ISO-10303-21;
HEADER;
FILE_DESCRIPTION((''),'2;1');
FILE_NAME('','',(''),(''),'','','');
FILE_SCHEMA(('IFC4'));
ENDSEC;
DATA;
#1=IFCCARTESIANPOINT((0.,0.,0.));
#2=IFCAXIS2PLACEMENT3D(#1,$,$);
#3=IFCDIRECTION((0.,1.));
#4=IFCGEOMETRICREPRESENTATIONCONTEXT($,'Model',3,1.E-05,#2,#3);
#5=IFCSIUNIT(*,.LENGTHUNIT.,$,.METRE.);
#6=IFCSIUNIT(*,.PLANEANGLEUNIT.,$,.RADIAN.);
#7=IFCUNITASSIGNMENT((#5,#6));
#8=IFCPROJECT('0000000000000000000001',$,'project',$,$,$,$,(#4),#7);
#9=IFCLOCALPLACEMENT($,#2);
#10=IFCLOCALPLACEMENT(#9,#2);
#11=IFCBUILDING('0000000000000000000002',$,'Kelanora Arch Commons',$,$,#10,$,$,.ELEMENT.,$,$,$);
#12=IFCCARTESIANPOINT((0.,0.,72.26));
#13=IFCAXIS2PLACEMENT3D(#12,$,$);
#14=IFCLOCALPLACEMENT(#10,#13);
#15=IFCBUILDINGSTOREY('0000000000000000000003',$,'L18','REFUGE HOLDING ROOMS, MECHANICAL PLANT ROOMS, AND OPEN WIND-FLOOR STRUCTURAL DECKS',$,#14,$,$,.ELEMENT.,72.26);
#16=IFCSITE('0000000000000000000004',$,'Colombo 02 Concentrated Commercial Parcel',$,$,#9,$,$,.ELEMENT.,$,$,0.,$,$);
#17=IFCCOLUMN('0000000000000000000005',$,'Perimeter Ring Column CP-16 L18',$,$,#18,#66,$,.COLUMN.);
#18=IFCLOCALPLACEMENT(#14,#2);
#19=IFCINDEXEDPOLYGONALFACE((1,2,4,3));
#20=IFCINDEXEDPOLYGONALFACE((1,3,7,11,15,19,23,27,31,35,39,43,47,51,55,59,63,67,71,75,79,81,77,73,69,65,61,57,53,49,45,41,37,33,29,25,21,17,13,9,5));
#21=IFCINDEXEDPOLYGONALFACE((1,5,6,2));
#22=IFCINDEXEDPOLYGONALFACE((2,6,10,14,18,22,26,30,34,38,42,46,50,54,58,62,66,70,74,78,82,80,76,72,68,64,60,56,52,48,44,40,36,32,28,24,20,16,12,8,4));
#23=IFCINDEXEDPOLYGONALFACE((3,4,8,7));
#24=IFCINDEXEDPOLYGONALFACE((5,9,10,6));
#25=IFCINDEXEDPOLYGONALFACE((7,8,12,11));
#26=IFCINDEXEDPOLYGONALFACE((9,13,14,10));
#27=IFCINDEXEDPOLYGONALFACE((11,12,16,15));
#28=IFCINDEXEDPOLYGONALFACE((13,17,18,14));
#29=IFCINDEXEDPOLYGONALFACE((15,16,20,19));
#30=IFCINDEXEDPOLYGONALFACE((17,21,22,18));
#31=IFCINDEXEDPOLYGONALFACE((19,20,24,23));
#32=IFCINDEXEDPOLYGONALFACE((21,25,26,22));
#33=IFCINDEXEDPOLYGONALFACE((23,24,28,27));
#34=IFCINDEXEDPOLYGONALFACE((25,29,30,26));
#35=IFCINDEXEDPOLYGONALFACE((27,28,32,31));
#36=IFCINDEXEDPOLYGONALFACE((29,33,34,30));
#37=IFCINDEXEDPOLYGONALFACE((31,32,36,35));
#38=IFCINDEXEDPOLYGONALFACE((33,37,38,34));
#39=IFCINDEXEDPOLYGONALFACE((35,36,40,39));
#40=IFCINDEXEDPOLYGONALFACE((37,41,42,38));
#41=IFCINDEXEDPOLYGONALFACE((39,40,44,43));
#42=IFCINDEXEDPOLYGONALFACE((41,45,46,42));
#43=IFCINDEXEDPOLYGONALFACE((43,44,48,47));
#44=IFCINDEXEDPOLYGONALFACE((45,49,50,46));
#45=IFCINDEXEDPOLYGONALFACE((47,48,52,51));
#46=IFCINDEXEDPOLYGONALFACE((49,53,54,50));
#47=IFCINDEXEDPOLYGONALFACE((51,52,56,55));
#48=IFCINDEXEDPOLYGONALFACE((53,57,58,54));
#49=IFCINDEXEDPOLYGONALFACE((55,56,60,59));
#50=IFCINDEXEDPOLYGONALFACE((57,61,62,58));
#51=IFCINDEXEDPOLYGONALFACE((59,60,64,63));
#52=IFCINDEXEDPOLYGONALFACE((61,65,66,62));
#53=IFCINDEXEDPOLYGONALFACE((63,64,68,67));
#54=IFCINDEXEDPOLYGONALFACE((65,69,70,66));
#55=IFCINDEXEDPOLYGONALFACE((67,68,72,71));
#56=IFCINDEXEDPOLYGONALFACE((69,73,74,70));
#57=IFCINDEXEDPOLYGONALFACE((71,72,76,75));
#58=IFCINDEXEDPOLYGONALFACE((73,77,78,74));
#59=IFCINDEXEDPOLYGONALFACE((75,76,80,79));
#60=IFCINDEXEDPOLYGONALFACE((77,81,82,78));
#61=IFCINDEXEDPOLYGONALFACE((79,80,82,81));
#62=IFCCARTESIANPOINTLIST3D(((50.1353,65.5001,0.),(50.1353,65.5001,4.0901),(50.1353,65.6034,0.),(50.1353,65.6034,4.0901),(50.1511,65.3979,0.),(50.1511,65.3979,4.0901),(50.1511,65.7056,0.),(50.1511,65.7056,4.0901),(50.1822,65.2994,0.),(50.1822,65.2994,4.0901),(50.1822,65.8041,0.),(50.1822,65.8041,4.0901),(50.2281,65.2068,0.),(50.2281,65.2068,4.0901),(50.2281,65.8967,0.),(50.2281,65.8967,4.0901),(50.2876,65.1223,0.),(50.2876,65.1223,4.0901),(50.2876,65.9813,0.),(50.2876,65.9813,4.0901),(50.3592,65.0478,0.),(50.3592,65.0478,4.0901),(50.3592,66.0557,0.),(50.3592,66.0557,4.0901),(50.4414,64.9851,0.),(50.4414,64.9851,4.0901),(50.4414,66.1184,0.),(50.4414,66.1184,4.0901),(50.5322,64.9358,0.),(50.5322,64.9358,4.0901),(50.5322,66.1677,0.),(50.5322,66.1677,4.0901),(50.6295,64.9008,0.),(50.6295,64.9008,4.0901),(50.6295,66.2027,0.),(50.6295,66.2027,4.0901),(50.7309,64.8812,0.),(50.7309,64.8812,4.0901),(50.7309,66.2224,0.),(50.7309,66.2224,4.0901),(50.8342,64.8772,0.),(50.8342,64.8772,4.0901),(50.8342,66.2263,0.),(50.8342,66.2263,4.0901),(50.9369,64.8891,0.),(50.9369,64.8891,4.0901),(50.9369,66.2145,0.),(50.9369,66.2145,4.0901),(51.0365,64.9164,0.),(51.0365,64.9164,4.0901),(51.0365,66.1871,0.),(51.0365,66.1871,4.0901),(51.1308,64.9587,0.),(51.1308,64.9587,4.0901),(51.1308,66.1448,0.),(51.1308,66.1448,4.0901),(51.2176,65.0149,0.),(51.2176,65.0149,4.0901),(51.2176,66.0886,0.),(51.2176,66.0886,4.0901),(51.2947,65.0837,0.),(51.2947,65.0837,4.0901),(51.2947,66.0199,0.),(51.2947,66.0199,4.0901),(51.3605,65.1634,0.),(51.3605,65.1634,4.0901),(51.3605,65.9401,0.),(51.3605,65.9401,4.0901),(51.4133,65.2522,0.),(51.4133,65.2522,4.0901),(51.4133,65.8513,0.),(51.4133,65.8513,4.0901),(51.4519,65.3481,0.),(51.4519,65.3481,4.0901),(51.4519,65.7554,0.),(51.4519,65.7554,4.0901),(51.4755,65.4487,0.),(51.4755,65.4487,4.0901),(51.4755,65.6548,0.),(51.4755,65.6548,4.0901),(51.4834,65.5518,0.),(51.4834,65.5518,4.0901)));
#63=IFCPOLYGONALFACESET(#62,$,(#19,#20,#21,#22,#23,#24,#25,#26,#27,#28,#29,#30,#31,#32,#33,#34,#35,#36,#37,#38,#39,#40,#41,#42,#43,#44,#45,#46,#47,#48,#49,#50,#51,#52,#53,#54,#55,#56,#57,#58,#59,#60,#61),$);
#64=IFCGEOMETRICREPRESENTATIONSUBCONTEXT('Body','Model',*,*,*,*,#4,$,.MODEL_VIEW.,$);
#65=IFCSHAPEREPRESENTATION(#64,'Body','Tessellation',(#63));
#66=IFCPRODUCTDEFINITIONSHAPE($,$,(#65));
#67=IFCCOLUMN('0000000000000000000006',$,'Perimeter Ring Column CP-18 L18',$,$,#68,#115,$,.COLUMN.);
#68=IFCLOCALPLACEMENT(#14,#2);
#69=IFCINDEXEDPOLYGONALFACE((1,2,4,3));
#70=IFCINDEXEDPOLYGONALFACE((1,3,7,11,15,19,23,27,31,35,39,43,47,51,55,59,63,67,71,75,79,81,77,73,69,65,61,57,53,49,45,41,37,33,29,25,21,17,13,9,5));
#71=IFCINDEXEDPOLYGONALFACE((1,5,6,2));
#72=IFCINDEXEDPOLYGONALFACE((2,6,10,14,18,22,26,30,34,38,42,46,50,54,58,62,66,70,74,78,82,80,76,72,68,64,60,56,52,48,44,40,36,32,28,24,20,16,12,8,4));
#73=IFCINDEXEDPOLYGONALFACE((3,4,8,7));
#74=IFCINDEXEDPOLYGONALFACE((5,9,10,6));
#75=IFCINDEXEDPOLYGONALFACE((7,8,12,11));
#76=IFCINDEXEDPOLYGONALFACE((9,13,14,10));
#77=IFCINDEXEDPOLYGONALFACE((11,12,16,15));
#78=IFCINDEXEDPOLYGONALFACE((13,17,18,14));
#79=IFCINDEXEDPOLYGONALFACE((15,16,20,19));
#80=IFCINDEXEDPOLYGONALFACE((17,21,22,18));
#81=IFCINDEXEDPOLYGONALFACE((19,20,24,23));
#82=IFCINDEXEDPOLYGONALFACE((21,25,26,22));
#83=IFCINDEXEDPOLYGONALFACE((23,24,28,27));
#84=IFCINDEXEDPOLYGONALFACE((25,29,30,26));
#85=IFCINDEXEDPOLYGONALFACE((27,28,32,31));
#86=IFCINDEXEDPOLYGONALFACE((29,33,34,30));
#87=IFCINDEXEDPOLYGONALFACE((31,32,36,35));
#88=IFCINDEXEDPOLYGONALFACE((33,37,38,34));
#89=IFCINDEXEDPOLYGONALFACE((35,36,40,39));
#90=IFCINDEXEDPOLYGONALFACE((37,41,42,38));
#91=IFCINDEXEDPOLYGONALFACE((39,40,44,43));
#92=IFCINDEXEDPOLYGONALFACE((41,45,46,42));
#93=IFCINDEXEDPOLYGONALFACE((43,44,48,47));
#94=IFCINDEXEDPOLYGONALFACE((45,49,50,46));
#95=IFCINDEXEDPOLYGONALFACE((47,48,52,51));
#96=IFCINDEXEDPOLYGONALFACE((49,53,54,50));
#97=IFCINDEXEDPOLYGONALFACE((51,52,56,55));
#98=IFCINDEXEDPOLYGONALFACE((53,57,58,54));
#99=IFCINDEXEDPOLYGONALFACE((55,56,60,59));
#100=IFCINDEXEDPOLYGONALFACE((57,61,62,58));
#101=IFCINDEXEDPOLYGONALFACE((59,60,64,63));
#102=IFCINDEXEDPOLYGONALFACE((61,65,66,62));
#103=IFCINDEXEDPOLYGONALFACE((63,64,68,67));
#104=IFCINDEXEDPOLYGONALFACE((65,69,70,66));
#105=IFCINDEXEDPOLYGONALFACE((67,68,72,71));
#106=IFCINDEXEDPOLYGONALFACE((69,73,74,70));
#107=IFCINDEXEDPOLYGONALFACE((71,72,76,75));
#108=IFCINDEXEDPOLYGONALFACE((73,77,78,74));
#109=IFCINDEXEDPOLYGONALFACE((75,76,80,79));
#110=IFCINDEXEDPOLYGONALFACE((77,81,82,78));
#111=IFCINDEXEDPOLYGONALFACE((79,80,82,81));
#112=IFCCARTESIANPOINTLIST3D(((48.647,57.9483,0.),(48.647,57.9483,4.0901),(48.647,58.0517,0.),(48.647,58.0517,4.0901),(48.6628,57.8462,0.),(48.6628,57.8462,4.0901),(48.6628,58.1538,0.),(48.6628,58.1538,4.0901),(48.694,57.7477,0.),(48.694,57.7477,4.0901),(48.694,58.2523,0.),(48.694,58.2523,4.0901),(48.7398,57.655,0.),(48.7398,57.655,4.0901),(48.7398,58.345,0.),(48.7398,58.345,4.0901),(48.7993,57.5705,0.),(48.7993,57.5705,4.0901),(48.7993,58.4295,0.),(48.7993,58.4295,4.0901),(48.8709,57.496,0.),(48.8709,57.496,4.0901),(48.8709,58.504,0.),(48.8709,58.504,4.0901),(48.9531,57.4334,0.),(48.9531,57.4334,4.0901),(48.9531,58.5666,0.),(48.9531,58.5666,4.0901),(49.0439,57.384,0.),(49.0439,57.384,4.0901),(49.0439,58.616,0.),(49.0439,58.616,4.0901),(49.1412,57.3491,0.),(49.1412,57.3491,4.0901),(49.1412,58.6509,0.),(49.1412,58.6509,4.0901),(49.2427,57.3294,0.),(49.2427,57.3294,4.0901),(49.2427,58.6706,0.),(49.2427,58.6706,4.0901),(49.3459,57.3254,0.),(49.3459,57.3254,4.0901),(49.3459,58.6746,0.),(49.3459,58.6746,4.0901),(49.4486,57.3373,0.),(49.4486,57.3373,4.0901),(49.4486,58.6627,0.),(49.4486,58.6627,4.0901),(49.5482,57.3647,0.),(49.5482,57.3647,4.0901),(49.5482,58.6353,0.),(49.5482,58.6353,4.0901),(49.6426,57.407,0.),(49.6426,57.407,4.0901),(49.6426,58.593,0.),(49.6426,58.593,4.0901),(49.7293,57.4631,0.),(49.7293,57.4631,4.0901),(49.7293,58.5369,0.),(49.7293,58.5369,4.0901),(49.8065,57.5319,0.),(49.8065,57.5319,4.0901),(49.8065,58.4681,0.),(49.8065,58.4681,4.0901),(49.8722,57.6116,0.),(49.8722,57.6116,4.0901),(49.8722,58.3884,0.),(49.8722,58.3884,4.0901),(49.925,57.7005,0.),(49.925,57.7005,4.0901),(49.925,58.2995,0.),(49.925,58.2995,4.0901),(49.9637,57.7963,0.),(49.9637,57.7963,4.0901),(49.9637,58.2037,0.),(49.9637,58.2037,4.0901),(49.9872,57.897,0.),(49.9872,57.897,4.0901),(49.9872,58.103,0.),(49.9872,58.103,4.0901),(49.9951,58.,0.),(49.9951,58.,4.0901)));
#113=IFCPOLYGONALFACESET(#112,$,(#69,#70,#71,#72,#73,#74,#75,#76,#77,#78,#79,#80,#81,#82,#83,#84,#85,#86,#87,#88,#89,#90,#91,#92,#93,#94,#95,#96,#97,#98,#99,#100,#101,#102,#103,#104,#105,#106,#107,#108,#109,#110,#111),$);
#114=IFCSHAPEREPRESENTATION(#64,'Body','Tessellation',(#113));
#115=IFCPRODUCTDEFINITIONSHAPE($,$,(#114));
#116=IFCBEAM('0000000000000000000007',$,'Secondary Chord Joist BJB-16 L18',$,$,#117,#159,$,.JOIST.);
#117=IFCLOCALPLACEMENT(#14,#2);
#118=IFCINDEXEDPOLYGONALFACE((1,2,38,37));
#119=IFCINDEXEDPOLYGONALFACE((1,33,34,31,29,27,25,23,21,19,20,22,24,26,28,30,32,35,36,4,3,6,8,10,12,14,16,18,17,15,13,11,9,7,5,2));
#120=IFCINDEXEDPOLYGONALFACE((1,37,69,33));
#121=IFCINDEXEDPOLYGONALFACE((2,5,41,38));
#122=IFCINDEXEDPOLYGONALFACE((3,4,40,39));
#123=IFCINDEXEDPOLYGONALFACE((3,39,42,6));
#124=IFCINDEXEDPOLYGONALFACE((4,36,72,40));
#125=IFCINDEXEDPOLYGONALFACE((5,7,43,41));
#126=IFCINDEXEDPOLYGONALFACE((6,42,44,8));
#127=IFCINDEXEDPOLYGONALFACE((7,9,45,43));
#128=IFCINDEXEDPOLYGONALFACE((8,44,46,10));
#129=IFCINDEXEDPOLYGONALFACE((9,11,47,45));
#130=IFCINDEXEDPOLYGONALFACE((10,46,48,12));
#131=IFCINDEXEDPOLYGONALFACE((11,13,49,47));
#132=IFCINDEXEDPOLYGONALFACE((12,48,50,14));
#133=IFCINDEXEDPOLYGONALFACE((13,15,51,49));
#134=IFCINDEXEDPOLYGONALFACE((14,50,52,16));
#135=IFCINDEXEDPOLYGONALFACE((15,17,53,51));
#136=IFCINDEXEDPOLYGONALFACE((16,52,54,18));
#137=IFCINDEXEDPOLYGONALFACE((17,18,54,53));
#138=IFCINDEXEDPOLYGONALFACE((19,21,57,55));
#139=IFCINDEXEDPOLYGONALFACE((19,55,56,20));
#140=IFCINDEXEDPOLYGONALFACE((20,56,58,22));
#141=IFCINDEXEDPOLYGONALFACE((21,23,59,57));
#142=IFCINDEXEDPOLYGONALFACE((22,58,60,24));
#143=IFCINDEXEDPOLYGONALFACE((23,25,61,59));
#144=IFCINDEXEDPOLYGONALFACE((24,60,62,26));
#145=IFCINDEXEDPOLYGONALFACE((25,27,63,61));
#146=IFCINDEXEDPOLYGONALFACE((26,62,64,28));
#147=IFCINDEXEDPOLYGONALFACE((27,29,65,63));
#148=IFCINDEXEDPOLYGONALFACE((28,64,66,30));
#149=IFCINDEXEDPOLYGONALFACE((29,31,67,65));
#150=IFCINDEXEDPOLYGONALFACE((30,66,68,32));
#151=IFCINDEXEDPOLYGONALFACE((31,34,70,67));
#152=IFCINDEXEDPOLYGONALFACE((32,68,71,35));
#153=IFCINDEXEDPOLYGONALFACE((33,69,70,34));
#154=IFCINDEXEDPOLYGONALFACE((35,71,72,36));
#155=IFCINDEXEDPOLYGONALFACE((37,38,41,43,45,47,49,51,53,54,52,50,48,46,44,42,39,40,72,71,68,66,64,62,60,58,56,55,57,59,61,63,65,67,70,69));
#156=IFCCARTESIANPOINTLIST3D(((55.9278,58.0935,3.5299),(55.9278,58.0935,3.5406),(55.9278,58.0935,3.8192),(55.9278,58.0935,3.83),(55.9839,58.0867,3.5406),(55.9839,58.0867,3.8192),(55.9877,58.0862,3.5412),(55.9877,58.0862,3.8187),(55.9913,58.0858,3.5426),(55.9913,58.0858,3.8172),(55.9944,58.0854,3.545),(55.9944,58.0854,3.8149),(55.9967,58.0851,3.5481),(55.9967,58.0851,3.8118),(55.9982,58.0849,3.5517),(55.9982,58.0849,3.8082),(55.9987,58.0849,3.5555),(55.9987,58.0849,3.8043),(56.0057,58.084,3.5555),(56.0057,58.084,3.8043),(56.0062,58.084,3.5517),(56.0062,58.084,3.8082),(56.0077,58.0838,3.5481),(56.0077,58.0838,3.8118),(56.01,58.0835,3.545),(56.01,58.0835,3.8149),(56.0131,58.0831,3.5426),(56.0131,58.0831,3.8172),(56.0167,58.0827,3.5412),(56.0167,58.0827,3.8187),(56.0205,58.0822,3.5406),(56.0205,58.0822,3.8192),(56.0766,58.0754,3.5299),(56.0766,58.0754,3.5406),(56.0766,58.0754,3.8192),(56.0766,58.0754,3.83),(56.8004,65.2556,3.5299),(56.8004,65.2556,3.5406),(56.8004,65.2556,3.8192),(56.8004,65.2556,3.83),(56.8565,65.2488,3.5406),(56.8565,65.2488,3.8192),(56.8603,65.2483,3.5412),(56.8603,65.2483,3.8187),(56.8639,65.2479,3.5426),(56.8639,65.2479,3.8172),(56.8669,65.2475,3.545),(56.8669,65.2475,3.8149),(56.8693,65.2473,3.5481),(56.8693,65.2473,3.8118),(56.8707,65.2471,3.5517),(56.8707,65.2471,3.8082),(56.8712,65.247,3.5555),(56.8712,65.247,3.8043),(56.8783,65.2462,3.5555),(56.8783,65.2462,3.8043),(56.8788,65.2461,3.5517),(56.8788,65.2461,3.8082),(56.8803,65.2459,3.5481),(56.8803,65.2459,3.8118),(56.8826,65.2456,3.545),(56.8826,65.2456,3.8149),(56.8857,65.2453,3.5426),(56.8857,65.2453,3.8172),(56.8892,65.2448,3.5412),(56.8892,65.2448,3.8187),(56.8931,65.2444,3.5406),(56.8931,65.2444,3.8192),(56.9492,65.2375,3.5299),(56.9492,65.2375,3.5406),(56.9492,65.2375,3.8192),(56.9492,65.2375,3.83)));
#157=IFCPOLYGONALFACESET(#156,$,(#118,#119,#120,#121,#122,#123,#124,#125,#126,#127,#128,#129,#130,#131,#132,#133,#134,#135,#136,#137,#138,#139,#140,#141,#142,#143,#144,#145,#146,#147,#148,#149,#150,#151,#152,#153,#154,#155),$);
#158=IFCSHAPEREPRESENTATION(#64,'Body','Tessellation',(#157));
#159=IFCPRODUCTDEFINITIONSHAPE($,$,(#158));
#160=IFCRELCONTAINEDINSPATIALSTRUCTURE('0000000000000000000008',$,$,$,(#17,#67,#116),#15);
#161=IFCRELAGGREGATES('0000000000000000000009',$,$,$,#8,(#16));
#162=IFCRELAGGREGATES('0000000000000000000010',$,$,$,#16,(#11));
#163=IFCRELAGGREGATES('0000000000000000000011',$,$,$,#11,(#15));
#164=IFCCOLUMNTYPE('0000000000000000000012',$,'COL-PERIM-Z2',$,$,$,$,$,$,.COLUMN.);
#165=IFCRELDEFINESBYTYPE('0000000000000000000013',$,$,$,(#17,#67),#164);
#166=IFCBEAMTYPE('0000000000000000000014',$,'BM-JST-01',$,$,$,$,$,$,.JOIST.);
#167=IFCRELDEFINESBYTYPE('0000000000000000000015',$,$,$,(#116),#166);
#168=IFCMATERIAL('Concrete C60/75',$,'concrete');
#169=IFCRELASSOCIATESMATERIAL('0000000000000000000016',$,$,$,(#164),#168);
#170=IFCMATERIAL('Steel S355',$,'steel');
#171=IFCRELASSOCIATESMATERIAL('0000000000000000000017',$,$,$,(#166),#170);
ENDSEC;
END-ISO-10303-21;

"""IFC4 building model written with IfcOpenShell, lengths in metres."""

from ifc_helpers import new_model, si_unit, direction, frame, origin, origin_2d, place, context, subcontext, project, spatial, circle, i_section, extrude, material, material_profile, profile_set, type_object, element, save


model = new_model("IFC4")

# Units and contexts
model_context = context("Model", 3, precision=1e-05, world=origin(), true_north=direction((0.0, 1.0)))
body_context = subcontext(model_context, "Body", "Model", "MODEL_VIEW")
ifc_project = project(units=[si_unit("LENGTHUNIT", "METRE"), si_unit("PLANEANGLEUNIT", "RADIAN")], contexts=[model_context])

# Site, building, storey
site_placement = place(None, origin())
site = spatial("IfcSite", under=ifc_project, at=site_placement, Name="Colombo 02 Concentrated Commercial Parcel", CompositionType="ELEMENT", RefElevation=0.0)
building_placement = place(site_placement, origin())
building = spatial("IfcBuilding", under=site, at=building_placement, Name="Kelanora Arch Commons", CompositionType="ELEMENT")
storey_placement = place(building_placement, frame((0.0, 0.0, 72.26)))
storey = spatial("IfcBuildingStorey", under=building, at=storey_placement, Name="L18", Description="REFUGE HOLDING ROOMS, MECHANICAL PLANT ROOMS, AND OPEN WIND-FLOOR STRUCTURAL DECKS", CompositionType="ELEMENT", Elevation=72.26)

# Columns
ifc_material_1 = material(Name="Concrete C60/75", Category="concrete")
ifc_material_profile_1 = material_profile(ifc_material_1, circle(Radius=0.675, at=origin_2d()), Name="RCC1350")
ifc_profile_set_1 = profile_set([ifc_material_profile_1], Name="Concrete C60/75")
column_type = type_object("IfcColumnType", Name="COL-PERIM-Z2", PredefinedType="COLUMN", material=ifc_profile_set_1)
for number, where, z_axis, x_axis, name in (
    (1, (50.8083, 65.5518, 0.0), (0.0, 0.0, 1.0), (1.0, 0.0, 0.0), "Perimeter Ring Column CP-16 L18"),
    (2, (49.3201, 58.0, 0.0), (0.0, 0.0, 1.0), (1.0, 0.0, 0.0), "Perimeter Ring Column CP-18 L18"),
):
    element("IfcColumn", number, at=place(storey_placement, frame(where, z_axis=z_axis, x_axis=x_axis)), inside=storey, type_object=column_type, Name=name, PredefinedType="COLUMN", context=body_context, shape_type="SweptSolid", body=[
        extrude(circle(Radius=0.675, at=origin_2d()), origin(), (0.0, 0.0, 1.0), 4.0901),
    ])

# Beam
ifc_material_2 = material(Name="Steel S355", Category="steel")
ifc_material_profile_2 = material_profile(ifc_material_2, i_section(OverallWidth=0.1499, OverallDepth=0.3, WebThickness=0.0071, FlangeThickness=0.0107, FilletRadius=0.0149, at=origin_2d()), Name="IPE300")
ifc_profile_set_2 = profile_set([ifc_material_profile_2], Name="Steel S355")
beam_type_1 = type_object("IfcBeamType", Name="BM-JST-01", PredefinedType="JOIST", material=ifc_profile_set_2)
beam_1_placement = place(storey_placement, frame((56.8748, 65.2466, 3.6799), z_axis=(-0.120936, -0.99266, 0.0), x_axis=(0.99266, -0.120936, 0.0)))
element("IfcBeam", 3, at=beam_1_placement, inside=storey, type_object=beam_type_1, Name="Secondary Chord Joist BJB-16 L18", PredefinedType="JOIST", context=body_context, shape_type="SweptSolid", body=[
    extrude(i_section(OverallWidth=0.1499, OverallDepth=0.3, WebThickness=0.0071, FlangeThickness=0.0107, FilletRadius=0.0149, at=origin_2d()), origin(), (0.0, 0.0, 1.0), 7.2151),
])

save(model, "model.ifc")
